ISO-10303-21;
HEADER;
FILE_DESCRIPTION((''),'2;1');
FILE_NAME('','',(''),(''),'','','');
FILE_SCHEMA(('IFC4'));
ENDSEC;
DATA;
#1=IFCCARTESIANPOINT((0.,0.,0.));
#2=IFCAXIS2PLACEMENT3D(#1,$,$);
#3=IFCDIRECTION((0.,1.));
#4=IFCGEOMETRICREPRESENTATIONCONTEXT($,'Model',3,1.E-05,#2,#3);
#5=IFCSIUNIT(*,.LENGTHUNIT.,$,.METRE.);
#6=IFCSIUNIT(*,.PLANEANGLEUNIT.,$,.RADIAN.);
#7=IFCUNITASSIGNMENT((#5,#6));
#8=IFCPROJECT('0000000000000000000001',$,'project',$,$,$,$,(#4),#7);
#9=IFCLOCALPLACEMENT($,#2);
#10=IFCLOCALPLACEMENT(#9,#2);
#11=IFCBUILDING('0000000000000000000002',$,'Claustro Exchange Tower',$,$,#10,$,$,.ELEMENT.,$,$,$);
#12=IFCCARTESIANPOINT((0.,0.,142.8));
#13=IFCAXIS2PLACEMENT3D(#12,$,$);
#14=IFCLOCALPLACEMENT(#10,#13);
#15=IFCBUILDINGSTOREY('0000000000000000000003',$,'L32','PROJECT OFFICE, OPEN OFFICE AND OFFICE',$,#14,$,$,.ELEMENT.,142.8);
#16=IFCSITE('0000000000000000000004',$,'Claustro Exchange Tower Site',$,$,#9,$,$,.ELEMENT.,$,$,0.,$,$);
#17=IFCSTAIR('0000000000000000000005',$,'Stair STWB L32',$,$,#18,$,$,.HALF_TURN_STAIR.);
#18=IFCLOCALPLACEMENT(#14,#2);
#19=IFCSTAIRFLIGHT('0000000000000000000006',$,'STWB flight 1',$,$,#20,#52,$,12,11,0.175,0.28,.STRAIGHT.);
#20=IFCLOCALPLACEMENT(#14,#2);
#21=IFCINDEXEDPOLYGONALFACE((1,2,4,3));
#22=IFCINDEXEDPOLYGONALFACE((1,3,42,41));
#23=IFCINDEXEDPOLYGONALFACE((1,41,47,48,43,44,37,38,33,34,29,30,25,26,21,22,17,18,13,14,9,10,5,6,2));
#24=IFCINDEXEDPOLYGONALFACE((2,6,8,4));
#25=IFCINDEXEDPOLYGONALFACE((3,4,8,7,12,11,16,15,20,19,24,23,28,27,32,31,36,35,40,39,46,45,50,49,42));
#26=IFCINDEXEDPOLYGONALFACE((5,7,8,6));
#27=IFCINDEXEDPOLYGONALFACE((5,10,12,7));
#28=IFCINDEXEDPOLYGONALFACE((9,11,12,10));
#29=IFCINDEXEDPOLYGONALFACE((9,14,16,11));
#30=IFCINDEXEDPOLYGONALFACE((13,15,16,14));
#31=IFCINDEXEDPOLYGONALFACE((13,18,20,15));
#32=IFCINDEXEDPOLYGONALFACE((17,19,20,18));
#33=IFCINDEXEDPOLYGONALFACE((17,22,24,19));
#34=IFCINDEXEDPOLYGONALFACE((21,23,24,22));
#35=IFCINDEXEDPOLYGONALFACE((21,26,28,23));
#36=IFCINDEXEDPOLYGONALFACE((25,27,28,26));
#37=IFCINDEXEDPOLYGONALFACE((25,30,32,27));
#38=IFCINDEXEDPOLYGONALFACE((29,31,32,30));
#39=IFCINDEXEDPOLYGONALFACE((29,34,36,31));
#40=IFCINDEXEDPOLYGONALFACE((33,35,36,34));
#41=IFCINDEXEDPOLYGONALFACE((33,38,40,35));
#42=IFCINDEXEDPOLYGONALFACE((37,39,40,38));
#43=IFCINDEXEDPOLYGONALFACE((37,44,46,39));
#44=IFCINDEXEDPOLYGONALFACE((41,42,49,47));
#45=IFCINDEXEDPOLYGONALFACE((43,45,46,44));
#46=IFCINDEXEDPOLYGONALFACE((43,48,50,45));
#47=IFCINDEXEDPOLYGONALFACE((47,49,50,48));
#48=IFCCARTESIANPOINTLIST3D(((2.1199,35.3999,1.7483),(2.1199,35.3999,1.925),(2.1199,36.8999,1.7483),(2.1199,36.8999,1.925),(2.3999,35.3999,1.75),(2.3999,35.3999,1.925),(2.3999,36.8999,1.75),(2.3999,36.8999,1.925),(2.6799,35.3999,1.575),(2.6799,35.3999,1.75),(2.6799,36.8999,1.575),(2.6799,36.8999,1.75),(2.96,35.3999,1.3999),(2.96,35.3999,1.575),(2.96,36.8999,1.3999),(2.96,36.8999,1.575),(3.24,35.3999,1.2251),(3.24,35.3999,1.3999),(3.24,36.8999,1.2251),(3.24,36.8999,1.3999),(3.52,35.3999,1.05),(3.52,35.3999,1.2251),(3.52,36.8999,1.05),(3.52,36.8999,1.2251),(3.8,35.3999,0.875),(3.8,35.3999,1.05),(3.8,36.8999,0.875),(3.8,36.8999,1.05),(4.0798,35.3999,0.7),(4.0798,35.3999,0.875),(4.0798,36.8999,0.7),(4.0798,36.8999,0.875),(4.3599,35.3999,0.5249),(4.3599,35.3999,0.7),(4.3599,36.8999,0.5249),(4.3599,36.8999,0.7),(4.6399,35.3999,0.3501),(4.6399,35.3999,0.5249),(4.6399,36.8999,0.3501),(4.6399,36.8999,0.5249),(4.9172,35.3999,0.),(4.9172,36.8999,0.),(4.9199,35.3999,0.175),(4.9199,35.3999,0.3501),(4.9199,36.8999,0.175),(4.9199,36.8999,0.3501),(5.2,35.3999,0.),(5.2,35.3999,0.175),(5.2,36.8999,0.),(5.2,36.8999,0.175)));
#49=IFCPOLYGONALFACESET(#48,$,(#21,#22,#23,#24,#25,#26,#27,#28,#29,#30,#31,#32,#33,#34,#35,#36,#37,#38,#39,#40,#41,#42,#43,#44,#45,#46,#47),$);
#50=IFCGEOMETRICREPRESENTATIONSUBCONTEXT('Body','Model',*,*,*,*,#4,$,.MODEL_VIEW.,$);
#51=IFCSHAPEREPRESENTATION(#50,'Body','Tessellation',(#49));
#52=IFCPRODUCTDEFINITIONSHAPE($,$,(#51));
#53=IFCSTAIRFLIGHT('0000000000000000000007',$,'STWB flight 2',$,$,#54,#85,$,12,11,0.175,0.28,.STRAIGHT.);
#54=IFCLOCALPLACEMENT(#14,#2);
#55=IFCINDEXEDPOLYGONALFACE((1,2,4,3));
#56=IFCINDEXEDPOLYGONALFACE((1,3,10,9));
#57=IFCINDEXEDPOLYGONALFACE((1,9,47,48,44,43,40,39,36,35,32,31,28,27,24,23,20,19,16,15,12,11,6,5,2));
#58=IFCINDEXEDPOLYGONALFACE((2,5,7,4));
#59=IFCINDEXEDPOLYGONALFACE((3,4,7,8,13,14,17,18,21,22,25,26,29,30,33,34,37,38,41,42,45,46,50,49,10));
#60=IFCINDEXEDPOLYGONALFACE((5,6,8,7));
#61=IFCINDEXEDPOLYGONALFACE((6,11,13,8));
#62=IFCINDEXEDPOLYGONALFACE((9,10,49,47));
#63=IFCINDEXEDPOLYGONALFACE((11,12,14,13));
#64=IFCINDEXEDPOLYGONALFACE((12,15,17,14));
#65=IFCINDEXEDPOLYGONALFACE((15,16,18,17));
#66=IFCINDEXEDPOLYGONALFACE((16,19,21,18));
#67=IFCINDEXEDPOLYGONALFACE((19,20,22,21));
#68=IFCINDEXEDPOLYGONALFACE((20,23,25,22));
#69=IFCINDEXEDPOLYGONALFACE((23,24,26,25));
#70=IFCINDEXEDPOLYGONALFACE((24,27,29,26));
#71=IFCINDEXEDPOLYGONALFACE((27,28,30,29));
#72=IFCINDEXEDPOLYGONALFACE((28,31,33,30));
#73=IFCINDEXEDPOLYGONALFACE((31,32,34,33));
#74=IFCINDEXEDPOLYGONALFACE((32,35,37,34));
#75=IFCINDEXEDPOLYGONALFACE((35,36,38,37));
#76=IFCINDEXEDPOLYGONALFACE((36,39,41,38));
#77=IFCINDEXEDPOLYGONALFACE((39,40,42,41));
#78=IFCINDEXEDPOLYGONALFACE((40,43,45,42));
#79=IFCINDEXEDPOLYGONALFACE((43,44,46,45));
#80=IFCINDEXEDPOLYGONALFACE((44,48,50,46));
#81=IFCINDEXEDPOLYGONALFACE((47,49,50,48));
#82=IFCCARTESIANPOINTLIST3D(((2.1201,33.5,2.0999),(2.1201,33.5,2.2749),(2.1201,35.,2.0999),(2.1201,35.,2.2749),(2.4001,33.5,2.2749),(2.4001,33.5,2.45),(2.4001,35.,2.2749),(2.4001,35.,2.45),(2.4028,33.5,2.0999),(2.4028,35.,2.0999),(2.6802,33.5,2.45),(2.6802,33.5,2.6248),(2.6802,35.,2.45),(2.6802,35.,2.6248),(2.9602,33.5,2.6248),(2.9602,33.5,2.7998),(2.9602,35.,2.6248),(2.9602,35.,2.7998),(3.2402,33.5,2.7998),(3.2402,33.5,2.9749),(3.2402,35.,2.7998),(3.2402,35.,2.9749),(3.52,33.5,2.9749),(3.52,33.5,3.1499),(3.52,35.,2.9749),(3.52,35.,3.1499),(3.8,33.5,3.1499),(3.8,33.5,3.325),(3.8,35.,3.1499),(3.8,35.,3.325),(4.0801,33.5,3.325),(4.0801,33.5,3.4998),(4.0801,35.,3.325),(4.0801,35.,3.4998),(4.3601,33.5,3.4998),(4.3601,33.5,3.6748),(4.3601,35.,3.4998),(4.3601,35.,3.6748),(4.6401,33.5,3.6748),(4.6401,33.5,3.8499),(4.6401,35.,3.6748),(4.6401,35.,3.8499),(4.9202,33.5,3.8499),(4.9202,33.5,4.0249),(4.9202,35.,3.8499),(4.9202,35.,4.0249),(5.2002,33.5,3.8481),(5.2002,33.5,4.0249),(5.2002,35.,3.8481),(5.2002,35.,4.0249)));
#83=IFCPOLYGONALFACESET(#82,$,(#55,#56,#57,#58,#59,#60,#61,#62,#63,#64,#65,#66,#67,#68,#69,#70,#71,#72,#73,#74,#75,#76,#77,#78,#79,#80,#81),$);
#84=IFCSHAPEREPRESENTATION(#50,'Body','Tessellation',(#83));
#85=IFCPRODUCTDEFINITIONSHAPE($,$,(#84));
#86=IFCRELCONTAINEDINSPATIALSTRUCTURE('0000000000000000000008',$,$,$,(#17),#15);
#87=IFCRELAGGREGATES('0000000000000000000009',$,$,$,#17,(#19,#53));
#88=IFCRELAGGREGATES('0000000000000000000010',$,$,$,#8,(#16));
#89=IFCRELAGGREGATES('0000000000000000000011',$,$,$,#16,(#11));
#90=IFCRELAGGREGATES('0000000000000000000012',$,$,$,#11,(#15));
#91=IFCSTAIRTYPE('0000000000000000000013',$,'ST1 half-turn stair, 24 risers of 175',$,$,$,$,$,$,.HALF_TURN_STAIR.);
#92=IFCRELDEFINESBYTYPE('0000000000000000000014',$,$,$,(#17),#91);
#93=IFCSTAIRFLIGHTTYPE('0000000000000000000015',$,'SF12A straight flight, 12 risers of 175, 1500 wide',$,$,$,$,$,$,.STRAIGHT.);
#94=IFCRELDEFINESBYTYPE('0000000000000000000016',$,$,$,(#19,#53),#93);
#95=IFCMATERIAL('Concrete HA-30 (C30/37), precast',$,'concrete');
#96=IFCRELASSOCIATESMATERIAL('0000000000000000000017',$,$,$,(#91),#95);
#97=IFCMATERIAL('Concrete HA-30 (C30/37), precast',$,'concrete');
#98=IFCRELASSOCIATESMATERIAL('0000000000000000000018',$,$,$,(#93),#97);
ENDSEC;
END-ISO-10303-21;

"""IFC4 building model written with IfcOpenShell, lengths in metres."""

from ifc_helpers import new_model, si_unit, direction, frame, origin, place, context, subcontext, project, spatial, polyline, outline, extrude, material, type_object, element, aggregate, save


model = new_model("IFC4")

# Units and contexts
model_context = context("Model", 3, precision=1e-05, world=origin(), true_north=direction((0.0, 1.0)))
body_context = subcontext(model_context, "Body", "Model", "MODEL_VIEW")
ifc_project = project(units=[si_unit("LENGTHUNIT", "METRE"), si_unit("PLANEANGLEUNIT", "RADIAN")], contexts=[model_context])

# Site, building, storey
site_placement = place(None, origin())
site = spatial("IfcSite", under=ifc_project, at=site_placement, Name="Claustro Exchange Tower Site", CompositionType="ELEMENT", RefElevation=0.0)
building_placement = place(site_placement, origin())
building = spatial("IfcBuilding", under=site, at=building_placement, Name="Claustro Exchange Tower", CompositionType="ELEMENT")
storey_placement = place(building_placement, frame((0.0, 0.0, 142.8)))
storey = spatial("IfcBuildingStorey", under=building, at=storey_placement, Name="L32", Description="PROJECT OFFICE, OPEN OFFICE AND OFFICE", CompositionType="ELEMENT", Elevation=142.8)

# Stair, stair flights
ifc_material_1 = material(Name="Concrete HA-30 (C30/37), precast", Category="concrete")
stair_type = type_object("IfcStairType", Name="ST1 half-turn stair, 24 risers of 175", PredefinedType="HALF_TURN_STAIR", material=ifc_material_1)
stair_placement = place(storey_placement, origin())
stair = element("IfcStair", 1, at=stair_placement, inside=storey, type_object=stair_type, Name="Stair STWB L32", PredefinedType="HALF_TURN_STAIR")
ifc_material_2 = material(Name="Concrete HA-30 (C30/37), precast", Category="concrete")
stair_flight_type = type_object("IfcStairFlightType", Name="SF12A straight flight, 12 risers of 175, 1500 wide", PredefinedType="STRAIGHT", material=ifc_material_2)
stair_flight_1_placement = place(storey_placement, frame((5.2, 36.1499, 0.0), z_axis=(0.0, 0.0, 1.0), x_axis=(-1.0, 0.0, 0.0)))
stair_flight_1 = element("IfcStairFlight", 2, at=stair_flight_1_placement, type_object=stair_flight_type, Name="STWB flight 1", NumberOfRisers=12, NumberOfTreads=11, PredefinedType="STRAIGHT", RiserHeight=0.175, TreadLength=0.28, context=body_context, shape_type="SweptSolid", body=[
    extrude(outline(polyline([(0.0, 0.0), (0.0, 0.175), (0.28, 0.175), (0.28, 0.3501), (0.5601, 0.3501), (0.5601, 0.5249), (0.8401, 0.5249), (0.8401, 0.7), (1.1201, 0.7), (1.1201, 0.875), (1.3999, 0.875), (1.3999, 1.05), (1.6799, 1.05), (1.6799, 1.2251), (1.96, 1.2251), (1.96, 1.3999), (2.24, 1.3999), (2.24, 1.575), (2.52, 1.575), (2.52, 1.75), (2.8, 1.75), (2.8, 1.925), (3.0801, 1.925), (3.0801, 2.1001), (3.0801, 1.7483), (0.2827, 0.0), (0.0, 0.0)])), frame((0.0, 0.75, 0.0), z_axis=(0.0, -1.0, 0.0), x_axis=(1.0, 0.0, 0.0)), (0.0, 0.0, 1.0), 1.5),
])
stair_flight_2_placement = place(storey_placement, frame((2.1201, 34.25, 2.0999), z_axis=(0.0, 0.0, 1.0), x_axis=(1.0, 0.0, 0.0)))
stair_flight_2 = element("IfcStairFlight", 3, at=stair_flight_2_placement, type_object=stair_flight_type, Name="STWB flight 2", NumberOfRisers=12, NumberOfTreads=11, PredefinedType="STRAIGHT", RiserHeight=0.175, TreadLength=0.28, context=body_context, shape_type="SweptSolid", body=[
    extrude(outline(polyline([(0.0, 0.0), (0.0, 0.175), (0.28, 0.175), (0.28, 0.3501), (0.5601, 0.3501), (0.5601, 0.5249), (0.8401, 0.5249), (0.8401, 0.7), (1.1201, 0.7), (1.1201, 0.875), (1.3999, 0.875), (1.3999, 1.05), (1.6799, 1.05), (1.6799, 1.2251), (1.96, 1.2251), (1.96, 1.3999), (2.24, 1.3999), (2.24, 1.575), (2.52, 1.575), (2.52, 1.75), (2.8, 1.75), (2.8, 1.925), (3.0801, 1.925), (3.0801, 2.1001), (3.0801, 1.7483), (0.2827, 0.0), (0.0, 0.0)])), frame((0.0, 0.75, 0.0), z_axis=(0.0, -1.0, 0.0), x_axis=(1.0, 0.0, 0.0)), (0.0, 0.0, 1.0), 1.5),
])
aggregate(stair, [stair_flight_1, stair_flight_2])

save(model, "model.ifc")
